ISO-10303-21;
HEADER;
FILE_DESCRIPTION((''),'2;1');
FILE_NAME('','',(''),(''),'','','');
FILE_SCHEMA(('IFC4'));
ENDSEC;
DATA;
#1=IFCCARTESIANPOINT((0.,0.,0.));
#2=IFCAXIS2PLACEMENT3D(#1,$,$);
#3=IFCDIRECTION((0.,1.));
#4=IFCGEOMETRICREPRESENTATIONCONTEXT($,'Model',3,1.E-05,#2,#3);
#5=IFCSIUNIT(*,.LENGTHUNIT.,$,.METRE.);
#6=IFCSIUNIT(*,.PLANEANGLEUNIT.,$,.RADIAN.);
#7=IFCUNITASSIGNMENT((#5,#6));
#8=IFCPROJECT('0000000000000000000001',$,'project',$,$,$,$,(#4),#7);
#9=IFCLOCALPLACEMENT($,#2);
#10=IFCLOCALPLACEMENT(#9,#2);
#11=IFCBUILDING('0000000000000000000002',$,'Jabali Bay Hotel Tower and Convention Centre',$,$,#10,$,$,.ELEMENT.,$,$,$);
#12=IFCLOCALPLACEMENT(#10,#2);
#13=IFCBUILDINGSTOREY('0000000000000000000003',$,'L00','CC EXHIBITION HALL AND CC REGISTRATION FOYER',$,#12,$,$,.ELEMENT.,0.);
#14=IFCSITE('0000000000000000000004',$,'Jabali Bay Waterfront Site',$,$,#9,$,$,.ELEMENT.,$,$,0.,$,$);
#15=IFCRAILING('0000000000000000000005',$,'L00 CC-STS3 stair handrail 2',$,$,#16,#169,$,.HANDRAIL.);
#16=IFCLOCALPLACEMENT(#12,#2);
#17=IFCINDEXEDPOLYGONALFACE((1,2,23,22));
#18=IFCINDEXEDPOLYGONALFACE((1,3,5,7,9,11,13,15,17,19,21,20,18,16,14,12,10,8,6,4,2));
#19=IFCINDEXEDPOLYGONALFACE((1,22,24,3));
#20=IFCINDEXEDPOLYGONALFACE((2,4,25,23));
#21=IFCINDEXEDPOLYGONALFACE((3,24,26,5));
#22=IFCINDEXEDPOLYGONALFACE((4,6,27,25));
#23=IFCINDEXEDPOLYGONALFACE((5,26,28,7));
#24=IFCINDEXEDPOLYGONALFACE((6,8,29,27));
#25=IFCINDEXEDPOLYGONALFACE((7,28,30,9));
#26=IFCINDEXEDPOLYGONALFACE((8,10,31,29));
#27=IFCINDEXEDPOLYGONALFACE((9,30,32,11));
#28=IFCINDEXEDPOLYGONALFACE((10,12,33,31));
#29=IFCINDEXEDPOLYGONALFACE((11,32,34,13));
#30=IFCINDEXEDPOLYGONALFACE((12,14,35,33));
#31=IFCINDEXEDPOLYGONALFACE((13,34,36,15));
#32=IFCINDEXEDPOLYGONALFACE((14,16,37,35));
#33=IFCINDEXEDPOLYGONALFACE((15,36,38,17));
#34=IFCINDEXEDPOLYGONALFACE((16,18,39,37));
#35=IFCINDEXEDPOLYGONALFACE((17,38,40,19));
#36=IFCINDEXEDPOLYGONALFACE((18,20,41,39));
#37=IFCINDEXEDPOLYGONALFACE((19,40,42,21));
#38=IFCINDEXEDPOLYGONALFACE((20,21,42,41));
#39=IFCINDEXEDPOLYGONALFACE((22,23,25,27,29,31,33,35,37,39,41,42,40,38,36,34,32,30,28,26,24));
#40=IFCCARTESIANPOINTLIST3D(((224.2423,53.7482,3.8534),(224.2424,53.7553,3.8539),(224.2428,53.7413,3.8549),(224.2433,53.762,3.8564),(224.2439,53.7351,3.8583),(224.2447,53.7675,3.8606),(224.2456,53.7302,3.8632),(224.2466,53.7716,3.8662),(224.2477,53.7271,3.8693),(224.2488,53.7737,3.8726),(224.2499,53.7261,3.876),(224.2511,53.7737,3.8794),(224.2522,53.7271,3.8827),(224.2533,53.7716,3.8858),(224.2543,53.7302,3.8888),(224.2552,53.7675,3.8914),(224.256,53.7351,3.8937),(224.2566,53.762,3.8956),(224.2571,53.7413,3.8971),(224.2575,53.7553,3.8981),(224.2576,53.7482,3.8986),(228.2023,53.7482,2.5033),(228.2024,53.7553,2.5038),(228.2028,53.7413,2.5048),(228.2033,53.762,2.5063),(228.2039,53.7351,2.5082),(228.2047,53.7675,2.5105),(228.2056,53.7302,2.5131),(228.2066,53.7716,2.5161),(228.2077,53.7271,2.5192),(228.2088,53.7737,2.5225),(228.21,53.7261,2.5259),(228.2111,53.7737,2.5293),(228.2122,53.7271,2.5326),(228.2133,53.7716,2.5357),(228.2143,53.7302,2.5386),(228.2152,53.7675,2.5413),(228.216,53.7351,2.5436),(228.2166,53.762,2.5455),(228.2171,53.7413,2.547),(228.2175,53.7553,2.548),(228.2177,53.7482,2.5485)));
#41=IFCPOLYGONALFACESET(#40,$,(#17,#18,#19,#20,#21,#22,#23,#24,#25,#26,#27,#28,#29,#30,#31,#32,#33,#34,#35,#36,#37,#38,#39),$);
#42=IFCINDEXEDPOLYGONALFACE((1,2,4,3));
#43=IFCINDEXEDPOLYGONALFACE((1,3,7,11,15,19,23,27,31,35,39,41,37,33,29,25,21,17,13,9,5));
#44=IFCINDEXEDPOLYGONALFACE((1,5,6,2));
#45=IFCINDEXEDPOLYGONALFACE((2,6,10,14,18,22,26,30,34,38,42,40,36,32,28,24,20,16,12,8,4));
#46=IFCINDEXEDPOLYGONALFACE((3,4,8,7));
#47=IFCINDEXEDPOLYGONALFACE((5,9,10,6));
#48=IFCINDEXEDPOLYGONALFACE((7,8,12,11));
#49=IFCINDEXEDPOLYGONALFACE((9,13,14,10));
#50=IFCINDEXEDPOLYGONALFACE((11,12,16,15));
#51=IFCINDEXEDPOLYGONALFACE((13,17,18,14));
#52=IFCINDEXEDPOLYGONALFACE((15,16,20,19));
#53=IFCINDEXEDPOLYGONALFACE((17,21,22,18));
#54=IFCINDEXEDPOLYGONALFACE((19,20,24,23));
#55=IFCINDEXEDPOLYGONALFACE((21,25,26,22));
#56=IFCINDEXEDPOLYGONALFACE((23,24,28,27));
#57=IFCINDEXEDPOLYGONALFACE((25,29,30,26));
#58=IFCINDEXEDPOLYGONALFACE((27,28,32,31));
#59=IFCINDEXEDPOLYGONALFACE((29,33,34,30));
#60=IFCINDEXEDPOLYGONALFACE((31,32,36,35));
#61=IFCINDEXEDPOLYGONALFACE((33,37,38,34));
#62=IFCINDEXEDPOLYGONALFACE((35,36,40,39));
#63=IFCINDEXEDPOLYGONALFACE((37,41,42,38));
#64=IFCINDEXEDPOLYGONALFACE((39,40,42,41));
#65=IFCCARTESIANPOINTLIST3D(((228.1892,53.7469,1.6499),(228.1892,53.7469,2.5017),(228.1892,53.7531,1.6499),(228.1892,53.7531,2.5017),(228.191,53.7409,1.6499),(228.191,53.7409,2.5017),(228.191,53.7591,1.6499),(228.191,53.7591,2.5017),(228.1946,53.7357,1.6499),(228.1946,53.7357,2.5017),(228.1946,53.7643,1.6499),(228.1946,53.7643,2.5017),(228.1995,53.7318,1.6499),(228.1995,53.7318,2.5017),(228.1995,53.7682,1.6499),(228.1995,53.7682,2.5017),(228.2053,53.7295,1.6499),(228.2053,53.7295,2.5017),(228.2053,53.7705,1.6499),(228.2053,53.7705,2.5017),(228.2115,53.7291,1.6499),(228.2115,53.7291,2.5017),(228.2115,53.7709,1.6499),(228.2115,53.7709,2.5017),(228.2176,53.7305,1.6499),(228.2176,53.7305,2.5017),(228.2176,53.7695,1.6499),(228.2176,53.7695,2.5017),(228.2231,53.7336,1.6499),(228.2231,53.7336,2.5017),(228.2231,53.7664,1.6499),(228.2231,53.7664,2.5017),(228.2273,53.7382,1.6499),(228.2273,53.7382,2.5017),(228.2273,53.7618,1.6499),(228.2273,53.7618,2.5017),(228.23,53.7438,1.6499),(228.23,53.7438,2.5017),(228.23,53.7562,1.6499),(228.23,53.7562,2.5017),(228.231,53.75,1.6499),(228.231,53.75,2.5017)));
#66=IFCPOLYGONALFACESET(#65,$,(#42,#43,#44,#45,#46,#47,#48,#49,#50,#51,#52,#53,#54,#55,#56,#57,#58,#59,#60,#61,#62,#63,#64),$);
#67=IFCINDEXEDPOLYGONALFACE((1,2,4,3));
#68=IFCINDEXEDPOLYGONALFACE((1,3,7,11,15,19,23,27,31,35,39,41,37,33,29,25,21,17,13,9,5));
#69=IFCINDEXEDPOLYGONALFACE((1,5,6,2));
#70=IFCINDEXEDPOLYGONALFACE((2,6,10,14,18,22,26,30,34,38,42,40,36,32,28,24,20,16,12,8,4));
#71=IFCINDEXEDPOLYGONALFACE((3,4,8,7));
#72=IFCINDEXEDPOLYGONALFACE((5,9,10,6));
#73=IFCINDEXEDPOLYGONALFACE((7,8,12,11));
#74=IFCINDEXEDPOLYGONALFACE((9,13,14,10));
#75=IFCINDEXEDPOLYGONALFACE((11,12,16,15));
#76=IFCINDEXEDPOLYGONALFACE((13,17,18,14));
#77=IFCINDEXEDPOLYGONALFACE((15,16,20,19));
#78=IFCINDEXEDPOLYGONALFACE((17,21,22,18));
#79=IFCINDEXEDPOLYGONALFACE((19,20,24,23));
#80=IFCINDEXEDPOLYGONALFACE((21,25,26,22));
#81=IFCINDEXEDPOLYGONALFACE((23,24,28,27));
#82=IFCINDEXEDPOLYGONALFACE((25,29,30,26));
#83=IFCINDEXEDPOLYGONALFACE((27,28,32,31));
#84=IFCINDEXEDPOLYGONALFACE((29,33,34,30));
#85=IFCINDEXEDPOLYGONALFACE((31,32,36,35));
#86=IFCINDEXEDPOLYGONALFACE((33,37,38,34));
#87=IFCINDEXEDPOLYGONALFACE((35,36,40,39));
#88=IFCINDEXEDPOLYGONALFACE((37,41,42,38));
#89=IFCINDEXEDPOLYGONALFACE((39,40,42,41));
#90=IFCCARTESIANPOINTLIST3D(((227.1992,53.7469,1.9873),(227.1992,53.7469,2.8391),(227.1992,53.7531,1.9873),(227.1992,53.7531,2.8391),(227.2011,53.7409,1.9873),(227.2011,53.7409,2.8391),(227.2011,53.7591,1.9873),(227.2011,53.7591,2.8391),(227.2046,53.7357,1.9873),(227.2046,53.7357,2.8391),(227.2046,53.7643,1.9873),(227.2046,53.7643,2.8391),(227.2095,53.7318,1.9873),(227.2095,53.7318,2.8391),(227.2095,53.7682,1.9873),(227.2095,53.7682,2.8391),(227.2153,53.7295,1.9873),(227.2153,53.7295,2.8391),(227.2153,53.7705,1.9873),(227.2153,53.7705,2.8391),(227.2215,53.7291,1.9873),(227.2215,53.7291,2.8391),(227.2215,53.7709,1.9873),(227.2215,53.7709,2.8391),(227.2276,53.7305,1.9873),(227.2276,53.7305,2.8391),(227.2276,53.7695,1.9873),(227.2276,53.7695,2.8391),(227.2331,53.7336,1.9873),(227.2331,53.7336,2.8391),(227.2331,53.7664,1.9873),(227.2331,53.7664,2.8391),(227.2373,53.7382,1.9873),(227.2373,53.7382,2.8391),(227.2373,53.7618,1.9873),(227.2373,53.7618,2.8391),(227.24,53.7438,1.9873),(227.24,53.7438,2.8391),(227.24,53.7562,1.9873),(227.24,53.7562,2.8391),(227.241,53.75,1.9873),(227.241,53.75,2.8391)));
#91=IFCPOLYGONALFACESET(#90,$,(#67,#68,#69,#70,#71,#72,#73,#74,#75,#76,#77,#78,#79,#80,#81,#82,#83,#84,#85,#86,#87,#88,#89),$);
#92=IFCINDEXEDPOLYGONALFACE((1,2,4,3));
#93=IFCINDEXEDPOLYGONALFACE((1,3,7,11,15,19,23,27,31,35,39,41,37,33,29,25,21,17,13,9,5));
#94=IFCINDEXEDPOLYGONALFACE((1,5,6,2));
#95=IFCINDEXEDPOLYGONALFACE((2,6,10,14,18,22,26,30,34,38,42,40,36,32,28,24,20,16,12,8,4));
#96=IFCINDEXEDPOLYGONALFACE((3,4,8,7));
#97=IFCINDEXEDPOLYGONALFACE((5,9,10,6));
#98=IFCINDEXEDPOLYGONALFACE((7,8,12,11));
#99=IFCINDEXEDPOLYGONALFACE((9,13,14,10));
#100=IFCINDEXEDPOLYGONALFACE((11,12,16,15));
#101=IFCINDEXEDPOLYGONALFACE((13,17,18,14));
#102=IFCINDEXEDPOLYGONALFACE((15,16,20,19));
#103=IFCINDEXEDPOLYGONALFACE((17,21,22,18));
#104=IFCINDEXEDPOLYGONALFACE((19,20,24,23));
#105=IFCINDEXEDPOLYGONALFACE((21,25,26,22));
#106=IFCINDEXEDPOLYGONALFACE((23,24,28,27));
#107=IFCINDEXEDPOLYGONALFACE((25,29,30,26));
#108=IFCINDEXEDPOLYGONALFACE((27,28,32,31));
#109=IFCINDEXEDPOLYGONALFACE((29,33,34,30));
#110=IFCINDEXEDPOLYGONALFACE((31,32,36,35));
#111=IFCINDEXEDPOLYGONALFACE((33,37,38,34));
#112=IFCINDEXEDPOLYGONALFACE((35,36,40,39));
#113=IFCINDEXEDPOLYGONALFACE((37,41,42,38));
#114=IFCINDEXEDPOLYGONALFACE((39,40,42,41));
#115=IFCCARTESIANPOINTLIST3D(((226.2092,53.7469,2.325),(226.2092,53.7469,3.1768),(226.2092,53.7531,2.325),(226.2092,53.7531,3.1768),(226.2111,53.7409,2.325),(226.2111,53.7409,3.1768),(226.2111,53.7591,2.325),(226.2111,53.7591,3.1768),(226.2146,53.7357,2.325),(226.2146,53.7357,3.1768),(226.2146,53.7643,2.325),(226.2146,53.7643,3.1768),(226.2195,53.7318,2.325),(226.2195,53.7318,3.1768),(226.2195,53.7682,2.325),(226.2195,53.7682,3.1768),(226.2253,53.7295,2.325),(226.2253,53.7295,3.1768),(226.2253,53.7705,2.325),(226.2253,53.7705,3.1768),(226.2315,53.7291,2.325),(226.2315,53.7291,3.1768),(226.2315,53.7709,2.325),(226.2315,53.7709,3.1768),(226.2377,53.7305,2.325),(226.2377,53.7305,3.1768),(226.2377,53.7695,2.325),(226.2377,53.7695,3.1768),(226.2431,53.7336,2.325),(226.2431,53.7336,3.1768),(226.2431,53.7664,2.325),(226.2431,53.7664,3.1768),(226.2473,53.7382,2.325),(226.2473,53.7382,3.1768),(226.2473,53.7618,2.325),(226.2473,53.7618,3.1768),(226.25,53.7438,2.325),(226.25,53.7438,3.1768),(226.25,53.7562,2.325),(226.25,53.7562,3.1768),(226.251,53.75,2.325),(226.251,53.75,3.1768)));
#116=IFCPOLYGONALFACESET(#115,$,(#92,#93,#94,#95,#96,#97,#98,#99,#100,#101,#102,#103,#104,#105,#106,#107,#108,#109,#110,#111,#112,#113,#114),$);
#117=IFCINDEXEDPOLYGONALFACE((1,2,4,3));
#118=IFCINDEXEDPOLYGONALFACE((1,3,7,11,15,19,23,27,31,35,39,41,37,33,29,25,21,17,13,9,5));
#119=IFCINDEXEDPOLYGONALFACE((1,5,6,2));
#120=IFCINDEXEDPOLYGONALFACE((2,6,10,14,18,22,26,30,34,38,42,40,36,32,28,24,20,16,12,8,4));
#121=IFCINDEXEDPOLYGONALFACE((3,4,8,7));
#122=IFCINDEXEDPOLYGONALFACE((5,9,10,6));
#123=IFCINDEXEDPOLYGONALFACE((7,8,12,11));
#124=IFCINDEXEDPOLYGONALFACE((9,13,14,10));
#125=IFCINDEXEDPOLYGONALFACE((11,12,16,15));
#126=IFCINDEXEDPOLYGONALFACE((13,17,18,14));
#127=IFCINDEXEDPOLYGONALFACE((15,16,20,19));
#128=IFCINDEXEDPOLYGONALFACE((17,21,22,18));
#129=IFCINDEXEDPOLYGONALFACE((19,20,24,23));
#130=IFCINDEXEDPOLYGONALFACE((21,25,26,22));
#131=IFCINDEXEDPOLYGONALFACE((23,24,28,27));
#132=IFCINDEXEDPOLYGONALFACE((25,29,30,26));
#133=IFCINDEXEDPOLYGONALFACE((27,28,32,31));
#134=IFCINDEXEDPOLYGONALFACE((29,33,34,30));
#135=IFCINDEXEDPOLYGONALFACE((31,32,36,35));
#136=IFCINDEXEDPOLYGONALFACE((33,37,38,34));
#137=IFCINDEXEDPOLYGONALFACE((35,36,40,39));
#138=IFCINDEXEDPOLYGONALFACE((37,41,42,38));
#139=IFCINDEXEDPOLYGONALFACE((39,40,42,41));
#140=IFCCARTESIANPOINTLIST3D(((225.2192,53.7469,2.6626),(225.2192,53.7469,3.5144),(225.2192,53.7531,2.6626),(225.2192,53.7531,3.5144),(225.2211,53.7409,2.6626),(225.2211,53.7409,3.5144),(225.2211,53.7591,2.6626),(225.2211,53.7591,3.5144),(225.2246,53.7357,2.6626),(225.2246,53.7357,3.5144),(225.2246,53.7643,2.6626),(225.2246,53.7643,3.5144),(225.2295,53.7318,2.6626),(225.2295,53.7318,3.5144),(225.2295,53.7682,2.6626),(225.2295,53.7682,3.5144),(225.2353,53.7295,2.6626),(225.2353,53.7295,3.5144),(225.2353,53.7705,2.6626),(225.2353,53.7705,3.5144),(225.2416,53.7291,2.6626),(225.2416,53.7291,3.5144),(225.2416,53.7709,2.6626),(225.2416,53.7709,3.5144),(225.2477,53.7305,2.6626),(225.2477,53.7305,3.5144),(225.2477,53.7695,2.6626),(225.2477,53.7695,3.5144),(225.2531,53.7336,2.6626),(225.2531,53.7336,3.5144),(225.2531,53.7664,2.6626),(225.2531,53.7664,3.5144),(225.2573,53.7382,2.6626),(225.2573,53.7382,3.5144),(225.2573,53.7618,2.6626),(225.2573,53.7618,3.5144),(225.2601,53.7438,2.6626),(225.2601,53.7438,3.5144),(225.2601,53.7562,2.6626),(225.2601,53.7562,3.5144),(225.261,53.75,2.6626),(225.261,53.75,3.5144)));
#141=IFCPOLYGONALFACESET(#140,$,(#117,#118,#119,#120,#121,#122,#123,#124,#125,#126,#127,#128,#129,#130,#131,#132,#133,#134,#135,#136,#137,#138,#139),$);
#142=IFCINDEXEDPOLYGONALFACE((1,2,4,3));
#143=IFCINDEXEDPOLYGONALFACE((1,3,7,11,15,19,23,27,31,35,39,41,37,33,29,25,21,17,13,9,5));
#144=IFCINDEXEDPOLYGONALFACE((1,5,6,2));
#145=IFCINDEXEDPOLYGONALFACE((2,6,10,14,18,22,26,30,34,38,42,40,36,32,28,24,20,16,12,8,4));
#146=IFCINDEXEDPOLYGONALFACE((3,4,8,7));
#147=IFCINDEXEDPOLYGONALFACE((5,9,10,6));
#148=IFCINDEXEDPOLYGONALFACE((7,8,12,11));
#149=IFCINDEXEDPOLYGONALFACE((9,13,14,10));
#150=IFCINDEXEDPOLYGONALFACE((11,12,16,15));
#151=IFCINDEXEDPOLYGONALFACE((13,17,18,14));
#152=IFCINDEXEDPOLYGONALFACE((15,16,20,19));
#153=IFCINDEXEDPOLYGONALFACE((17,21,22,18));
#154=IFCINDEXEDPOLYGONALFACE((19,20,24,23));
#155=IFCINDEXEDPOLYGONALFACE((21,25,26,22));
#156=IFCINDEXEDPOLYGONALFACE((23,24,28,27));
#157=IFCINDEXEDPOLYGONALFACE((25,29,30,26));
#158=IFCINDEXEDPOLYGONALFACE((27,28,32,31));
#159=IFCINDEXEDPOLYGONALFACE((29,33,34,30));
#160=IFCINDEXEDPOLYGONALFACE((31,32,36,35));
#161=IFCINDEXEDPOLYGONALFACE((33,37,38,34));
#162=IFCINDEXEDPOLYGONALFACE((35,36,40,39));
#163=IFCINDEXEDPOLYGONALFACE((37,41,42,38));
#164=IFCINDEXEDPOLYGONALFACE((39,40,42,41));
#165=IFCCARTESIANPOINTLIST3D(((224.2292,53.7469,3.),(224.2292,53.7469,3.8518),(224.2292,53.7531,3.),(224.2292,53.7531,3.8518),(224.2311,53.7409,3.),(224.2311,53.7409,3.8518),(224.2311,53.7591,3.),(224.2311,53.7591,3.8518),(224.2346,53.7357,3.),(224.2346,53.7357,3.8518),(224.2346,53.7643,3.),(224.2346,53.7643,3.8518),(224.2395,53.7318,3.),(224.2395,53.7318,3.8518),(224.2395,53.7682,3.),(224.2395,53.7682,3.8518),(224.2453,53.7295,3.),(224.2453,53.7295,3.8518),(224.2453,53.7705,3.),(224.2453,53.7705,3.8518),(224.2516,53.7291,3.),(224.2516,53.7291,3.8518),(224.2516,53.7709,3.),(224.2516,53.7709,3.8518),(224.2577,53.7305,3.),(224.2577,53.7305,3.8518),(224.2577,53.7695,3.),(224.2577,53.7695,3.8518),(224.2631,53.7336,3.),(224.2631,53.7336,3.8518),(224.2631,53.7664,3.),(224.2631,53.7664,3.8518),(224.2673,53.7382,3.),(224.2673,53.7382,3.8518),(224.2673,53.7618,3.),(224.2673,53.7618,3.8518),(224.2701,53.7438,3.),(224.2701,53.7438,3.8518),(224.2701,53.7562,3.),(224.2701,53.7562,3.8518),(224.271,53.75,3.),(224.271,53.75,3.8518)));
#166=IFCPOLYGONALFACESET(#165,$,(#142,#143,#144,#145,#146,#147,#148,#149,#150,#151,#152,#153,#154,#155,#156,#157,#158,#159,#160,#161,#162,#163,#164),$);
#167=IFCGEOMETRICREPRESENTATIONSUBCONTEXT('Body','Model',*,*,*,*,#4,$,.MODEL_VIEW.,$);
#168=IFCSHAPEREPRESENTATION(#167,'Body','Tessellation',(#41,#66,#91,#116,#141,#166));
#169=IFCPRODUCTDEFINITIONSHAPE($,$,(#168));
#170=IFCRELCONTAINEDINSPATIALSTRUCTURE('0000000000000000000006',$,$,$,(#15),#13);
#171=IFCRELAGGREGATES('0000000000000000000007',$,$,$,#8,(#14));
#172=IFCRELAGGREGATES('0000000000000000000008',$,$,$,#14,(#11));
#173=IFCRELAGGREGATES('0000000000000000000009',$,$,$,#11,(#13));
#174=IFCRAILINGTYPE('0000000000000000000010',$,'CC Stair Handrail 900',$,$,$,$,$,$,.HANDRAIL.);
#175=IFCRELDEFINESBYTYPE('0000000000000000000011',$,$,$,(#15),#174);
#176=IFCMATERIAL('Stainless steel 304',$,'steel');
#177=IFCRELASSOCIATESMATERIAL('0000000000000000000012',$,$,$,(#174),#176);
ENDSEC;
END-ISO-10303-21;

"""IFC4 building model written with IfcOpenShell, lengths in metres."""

from ifc_helpers import new_model, si_unit, direction, frame, origin, origin_2d, place, context, subcontext, project, spatial, circle, extrude, material, type_object, element, save


model = new_model("IFC4")

# Units and contexts
model_context = context("Model", 3, precision=1e-05, world=origin(), true_north=direction((0.0, 1.0)))
body_context = subcontext(model_context, "Body", "Model", "MODEL_VIEW")
ifc_project = project(units=[si_unit("LENGTHUNIT", "METRE"), si_unit("PLANEANGLEUNIT", "RADIAN")], contexts=[model_context])

# Site, building, storey
site_placement = place(None, origin())
site = spatial("IfcSite", under=ifc_project, at=site_placement, Name="Jabali Bay Waterfront Site", CompositionType="ELEMENT", RefElevation=0.0)
building_placement = place(site_placement, origin())
building = spatial("IfcBuilding", under=site, at=building_placement, Name="Jabali Bay Hotel Tower and Convention Centre", CompositionType="ELEMENT")
storey_placement = place(building_placement, origin())
storey = spatial("IfcBuildingStorey", under=building, at=storey_placement, Name="L00", Description="CC EXHIBITION HALL AND CC REGISTRATION FOYER", CompositionType="ELEMENT", Elevation=0.0)

# Railing
ifc_material_1 = material(Name="Stainless steel 304", Category="steel")
railing_type_1 = type_object("IfcRailingType", Name="CC Stair Handrail 900", PredefinedType="HANDRAIL", material=ifc_material_1)
railing_1_placement = place(storey_placement, frame((228.21, 53.75, 1.6499)))
element("IfcRailing", 1, at=railing_1_placement, inside=storey, type_object=railing_type_1, Name="L00 CC-STS3 stair handrail 2", PredefinedType="HANDRAIL", context=body_context, shape_type="SweptSolid", body=[
    extrude(circle(Radius=0.0239, at=origin_2d()), frame((0.0, 0.0, 0.876), z_axis=(-0.946502, 0.0, 0.322698), x_axis=(0.0, -1.0, 0.0)), (0.0, 0.0, 1.0), 4.1838),
    extrude(circle(Radius=0.021, at=origin_2d()), origin(), (0.0, 0.0, 1.0), 0.8518),
    extrude(circle(Radius=0.021, at=origin_2d()), frame((-0.99, 0.0, 0.3374)), (0.0, 0.0, 1.0), 0.8518),
    extrude(circle(Radius=0.021, at=origin_2d()), frame((-1.98, 0.0, 0.675)), (0.0, 0.0, 1.0), 0.8518),
    extrude(circle(Radius=0.021, at=origin_2d()), frame((-2.97, 0.0, 1.0127)), (0.0, 0.0, 1.0), 0.8518),
    extrude(circle(Radius=0.021, at=origin_2d()), frame((-3.96, 0.0, 1.3501)), (0.0, 0.0, 1.0), 0.8518),
])

save(model, "model.ifc")
